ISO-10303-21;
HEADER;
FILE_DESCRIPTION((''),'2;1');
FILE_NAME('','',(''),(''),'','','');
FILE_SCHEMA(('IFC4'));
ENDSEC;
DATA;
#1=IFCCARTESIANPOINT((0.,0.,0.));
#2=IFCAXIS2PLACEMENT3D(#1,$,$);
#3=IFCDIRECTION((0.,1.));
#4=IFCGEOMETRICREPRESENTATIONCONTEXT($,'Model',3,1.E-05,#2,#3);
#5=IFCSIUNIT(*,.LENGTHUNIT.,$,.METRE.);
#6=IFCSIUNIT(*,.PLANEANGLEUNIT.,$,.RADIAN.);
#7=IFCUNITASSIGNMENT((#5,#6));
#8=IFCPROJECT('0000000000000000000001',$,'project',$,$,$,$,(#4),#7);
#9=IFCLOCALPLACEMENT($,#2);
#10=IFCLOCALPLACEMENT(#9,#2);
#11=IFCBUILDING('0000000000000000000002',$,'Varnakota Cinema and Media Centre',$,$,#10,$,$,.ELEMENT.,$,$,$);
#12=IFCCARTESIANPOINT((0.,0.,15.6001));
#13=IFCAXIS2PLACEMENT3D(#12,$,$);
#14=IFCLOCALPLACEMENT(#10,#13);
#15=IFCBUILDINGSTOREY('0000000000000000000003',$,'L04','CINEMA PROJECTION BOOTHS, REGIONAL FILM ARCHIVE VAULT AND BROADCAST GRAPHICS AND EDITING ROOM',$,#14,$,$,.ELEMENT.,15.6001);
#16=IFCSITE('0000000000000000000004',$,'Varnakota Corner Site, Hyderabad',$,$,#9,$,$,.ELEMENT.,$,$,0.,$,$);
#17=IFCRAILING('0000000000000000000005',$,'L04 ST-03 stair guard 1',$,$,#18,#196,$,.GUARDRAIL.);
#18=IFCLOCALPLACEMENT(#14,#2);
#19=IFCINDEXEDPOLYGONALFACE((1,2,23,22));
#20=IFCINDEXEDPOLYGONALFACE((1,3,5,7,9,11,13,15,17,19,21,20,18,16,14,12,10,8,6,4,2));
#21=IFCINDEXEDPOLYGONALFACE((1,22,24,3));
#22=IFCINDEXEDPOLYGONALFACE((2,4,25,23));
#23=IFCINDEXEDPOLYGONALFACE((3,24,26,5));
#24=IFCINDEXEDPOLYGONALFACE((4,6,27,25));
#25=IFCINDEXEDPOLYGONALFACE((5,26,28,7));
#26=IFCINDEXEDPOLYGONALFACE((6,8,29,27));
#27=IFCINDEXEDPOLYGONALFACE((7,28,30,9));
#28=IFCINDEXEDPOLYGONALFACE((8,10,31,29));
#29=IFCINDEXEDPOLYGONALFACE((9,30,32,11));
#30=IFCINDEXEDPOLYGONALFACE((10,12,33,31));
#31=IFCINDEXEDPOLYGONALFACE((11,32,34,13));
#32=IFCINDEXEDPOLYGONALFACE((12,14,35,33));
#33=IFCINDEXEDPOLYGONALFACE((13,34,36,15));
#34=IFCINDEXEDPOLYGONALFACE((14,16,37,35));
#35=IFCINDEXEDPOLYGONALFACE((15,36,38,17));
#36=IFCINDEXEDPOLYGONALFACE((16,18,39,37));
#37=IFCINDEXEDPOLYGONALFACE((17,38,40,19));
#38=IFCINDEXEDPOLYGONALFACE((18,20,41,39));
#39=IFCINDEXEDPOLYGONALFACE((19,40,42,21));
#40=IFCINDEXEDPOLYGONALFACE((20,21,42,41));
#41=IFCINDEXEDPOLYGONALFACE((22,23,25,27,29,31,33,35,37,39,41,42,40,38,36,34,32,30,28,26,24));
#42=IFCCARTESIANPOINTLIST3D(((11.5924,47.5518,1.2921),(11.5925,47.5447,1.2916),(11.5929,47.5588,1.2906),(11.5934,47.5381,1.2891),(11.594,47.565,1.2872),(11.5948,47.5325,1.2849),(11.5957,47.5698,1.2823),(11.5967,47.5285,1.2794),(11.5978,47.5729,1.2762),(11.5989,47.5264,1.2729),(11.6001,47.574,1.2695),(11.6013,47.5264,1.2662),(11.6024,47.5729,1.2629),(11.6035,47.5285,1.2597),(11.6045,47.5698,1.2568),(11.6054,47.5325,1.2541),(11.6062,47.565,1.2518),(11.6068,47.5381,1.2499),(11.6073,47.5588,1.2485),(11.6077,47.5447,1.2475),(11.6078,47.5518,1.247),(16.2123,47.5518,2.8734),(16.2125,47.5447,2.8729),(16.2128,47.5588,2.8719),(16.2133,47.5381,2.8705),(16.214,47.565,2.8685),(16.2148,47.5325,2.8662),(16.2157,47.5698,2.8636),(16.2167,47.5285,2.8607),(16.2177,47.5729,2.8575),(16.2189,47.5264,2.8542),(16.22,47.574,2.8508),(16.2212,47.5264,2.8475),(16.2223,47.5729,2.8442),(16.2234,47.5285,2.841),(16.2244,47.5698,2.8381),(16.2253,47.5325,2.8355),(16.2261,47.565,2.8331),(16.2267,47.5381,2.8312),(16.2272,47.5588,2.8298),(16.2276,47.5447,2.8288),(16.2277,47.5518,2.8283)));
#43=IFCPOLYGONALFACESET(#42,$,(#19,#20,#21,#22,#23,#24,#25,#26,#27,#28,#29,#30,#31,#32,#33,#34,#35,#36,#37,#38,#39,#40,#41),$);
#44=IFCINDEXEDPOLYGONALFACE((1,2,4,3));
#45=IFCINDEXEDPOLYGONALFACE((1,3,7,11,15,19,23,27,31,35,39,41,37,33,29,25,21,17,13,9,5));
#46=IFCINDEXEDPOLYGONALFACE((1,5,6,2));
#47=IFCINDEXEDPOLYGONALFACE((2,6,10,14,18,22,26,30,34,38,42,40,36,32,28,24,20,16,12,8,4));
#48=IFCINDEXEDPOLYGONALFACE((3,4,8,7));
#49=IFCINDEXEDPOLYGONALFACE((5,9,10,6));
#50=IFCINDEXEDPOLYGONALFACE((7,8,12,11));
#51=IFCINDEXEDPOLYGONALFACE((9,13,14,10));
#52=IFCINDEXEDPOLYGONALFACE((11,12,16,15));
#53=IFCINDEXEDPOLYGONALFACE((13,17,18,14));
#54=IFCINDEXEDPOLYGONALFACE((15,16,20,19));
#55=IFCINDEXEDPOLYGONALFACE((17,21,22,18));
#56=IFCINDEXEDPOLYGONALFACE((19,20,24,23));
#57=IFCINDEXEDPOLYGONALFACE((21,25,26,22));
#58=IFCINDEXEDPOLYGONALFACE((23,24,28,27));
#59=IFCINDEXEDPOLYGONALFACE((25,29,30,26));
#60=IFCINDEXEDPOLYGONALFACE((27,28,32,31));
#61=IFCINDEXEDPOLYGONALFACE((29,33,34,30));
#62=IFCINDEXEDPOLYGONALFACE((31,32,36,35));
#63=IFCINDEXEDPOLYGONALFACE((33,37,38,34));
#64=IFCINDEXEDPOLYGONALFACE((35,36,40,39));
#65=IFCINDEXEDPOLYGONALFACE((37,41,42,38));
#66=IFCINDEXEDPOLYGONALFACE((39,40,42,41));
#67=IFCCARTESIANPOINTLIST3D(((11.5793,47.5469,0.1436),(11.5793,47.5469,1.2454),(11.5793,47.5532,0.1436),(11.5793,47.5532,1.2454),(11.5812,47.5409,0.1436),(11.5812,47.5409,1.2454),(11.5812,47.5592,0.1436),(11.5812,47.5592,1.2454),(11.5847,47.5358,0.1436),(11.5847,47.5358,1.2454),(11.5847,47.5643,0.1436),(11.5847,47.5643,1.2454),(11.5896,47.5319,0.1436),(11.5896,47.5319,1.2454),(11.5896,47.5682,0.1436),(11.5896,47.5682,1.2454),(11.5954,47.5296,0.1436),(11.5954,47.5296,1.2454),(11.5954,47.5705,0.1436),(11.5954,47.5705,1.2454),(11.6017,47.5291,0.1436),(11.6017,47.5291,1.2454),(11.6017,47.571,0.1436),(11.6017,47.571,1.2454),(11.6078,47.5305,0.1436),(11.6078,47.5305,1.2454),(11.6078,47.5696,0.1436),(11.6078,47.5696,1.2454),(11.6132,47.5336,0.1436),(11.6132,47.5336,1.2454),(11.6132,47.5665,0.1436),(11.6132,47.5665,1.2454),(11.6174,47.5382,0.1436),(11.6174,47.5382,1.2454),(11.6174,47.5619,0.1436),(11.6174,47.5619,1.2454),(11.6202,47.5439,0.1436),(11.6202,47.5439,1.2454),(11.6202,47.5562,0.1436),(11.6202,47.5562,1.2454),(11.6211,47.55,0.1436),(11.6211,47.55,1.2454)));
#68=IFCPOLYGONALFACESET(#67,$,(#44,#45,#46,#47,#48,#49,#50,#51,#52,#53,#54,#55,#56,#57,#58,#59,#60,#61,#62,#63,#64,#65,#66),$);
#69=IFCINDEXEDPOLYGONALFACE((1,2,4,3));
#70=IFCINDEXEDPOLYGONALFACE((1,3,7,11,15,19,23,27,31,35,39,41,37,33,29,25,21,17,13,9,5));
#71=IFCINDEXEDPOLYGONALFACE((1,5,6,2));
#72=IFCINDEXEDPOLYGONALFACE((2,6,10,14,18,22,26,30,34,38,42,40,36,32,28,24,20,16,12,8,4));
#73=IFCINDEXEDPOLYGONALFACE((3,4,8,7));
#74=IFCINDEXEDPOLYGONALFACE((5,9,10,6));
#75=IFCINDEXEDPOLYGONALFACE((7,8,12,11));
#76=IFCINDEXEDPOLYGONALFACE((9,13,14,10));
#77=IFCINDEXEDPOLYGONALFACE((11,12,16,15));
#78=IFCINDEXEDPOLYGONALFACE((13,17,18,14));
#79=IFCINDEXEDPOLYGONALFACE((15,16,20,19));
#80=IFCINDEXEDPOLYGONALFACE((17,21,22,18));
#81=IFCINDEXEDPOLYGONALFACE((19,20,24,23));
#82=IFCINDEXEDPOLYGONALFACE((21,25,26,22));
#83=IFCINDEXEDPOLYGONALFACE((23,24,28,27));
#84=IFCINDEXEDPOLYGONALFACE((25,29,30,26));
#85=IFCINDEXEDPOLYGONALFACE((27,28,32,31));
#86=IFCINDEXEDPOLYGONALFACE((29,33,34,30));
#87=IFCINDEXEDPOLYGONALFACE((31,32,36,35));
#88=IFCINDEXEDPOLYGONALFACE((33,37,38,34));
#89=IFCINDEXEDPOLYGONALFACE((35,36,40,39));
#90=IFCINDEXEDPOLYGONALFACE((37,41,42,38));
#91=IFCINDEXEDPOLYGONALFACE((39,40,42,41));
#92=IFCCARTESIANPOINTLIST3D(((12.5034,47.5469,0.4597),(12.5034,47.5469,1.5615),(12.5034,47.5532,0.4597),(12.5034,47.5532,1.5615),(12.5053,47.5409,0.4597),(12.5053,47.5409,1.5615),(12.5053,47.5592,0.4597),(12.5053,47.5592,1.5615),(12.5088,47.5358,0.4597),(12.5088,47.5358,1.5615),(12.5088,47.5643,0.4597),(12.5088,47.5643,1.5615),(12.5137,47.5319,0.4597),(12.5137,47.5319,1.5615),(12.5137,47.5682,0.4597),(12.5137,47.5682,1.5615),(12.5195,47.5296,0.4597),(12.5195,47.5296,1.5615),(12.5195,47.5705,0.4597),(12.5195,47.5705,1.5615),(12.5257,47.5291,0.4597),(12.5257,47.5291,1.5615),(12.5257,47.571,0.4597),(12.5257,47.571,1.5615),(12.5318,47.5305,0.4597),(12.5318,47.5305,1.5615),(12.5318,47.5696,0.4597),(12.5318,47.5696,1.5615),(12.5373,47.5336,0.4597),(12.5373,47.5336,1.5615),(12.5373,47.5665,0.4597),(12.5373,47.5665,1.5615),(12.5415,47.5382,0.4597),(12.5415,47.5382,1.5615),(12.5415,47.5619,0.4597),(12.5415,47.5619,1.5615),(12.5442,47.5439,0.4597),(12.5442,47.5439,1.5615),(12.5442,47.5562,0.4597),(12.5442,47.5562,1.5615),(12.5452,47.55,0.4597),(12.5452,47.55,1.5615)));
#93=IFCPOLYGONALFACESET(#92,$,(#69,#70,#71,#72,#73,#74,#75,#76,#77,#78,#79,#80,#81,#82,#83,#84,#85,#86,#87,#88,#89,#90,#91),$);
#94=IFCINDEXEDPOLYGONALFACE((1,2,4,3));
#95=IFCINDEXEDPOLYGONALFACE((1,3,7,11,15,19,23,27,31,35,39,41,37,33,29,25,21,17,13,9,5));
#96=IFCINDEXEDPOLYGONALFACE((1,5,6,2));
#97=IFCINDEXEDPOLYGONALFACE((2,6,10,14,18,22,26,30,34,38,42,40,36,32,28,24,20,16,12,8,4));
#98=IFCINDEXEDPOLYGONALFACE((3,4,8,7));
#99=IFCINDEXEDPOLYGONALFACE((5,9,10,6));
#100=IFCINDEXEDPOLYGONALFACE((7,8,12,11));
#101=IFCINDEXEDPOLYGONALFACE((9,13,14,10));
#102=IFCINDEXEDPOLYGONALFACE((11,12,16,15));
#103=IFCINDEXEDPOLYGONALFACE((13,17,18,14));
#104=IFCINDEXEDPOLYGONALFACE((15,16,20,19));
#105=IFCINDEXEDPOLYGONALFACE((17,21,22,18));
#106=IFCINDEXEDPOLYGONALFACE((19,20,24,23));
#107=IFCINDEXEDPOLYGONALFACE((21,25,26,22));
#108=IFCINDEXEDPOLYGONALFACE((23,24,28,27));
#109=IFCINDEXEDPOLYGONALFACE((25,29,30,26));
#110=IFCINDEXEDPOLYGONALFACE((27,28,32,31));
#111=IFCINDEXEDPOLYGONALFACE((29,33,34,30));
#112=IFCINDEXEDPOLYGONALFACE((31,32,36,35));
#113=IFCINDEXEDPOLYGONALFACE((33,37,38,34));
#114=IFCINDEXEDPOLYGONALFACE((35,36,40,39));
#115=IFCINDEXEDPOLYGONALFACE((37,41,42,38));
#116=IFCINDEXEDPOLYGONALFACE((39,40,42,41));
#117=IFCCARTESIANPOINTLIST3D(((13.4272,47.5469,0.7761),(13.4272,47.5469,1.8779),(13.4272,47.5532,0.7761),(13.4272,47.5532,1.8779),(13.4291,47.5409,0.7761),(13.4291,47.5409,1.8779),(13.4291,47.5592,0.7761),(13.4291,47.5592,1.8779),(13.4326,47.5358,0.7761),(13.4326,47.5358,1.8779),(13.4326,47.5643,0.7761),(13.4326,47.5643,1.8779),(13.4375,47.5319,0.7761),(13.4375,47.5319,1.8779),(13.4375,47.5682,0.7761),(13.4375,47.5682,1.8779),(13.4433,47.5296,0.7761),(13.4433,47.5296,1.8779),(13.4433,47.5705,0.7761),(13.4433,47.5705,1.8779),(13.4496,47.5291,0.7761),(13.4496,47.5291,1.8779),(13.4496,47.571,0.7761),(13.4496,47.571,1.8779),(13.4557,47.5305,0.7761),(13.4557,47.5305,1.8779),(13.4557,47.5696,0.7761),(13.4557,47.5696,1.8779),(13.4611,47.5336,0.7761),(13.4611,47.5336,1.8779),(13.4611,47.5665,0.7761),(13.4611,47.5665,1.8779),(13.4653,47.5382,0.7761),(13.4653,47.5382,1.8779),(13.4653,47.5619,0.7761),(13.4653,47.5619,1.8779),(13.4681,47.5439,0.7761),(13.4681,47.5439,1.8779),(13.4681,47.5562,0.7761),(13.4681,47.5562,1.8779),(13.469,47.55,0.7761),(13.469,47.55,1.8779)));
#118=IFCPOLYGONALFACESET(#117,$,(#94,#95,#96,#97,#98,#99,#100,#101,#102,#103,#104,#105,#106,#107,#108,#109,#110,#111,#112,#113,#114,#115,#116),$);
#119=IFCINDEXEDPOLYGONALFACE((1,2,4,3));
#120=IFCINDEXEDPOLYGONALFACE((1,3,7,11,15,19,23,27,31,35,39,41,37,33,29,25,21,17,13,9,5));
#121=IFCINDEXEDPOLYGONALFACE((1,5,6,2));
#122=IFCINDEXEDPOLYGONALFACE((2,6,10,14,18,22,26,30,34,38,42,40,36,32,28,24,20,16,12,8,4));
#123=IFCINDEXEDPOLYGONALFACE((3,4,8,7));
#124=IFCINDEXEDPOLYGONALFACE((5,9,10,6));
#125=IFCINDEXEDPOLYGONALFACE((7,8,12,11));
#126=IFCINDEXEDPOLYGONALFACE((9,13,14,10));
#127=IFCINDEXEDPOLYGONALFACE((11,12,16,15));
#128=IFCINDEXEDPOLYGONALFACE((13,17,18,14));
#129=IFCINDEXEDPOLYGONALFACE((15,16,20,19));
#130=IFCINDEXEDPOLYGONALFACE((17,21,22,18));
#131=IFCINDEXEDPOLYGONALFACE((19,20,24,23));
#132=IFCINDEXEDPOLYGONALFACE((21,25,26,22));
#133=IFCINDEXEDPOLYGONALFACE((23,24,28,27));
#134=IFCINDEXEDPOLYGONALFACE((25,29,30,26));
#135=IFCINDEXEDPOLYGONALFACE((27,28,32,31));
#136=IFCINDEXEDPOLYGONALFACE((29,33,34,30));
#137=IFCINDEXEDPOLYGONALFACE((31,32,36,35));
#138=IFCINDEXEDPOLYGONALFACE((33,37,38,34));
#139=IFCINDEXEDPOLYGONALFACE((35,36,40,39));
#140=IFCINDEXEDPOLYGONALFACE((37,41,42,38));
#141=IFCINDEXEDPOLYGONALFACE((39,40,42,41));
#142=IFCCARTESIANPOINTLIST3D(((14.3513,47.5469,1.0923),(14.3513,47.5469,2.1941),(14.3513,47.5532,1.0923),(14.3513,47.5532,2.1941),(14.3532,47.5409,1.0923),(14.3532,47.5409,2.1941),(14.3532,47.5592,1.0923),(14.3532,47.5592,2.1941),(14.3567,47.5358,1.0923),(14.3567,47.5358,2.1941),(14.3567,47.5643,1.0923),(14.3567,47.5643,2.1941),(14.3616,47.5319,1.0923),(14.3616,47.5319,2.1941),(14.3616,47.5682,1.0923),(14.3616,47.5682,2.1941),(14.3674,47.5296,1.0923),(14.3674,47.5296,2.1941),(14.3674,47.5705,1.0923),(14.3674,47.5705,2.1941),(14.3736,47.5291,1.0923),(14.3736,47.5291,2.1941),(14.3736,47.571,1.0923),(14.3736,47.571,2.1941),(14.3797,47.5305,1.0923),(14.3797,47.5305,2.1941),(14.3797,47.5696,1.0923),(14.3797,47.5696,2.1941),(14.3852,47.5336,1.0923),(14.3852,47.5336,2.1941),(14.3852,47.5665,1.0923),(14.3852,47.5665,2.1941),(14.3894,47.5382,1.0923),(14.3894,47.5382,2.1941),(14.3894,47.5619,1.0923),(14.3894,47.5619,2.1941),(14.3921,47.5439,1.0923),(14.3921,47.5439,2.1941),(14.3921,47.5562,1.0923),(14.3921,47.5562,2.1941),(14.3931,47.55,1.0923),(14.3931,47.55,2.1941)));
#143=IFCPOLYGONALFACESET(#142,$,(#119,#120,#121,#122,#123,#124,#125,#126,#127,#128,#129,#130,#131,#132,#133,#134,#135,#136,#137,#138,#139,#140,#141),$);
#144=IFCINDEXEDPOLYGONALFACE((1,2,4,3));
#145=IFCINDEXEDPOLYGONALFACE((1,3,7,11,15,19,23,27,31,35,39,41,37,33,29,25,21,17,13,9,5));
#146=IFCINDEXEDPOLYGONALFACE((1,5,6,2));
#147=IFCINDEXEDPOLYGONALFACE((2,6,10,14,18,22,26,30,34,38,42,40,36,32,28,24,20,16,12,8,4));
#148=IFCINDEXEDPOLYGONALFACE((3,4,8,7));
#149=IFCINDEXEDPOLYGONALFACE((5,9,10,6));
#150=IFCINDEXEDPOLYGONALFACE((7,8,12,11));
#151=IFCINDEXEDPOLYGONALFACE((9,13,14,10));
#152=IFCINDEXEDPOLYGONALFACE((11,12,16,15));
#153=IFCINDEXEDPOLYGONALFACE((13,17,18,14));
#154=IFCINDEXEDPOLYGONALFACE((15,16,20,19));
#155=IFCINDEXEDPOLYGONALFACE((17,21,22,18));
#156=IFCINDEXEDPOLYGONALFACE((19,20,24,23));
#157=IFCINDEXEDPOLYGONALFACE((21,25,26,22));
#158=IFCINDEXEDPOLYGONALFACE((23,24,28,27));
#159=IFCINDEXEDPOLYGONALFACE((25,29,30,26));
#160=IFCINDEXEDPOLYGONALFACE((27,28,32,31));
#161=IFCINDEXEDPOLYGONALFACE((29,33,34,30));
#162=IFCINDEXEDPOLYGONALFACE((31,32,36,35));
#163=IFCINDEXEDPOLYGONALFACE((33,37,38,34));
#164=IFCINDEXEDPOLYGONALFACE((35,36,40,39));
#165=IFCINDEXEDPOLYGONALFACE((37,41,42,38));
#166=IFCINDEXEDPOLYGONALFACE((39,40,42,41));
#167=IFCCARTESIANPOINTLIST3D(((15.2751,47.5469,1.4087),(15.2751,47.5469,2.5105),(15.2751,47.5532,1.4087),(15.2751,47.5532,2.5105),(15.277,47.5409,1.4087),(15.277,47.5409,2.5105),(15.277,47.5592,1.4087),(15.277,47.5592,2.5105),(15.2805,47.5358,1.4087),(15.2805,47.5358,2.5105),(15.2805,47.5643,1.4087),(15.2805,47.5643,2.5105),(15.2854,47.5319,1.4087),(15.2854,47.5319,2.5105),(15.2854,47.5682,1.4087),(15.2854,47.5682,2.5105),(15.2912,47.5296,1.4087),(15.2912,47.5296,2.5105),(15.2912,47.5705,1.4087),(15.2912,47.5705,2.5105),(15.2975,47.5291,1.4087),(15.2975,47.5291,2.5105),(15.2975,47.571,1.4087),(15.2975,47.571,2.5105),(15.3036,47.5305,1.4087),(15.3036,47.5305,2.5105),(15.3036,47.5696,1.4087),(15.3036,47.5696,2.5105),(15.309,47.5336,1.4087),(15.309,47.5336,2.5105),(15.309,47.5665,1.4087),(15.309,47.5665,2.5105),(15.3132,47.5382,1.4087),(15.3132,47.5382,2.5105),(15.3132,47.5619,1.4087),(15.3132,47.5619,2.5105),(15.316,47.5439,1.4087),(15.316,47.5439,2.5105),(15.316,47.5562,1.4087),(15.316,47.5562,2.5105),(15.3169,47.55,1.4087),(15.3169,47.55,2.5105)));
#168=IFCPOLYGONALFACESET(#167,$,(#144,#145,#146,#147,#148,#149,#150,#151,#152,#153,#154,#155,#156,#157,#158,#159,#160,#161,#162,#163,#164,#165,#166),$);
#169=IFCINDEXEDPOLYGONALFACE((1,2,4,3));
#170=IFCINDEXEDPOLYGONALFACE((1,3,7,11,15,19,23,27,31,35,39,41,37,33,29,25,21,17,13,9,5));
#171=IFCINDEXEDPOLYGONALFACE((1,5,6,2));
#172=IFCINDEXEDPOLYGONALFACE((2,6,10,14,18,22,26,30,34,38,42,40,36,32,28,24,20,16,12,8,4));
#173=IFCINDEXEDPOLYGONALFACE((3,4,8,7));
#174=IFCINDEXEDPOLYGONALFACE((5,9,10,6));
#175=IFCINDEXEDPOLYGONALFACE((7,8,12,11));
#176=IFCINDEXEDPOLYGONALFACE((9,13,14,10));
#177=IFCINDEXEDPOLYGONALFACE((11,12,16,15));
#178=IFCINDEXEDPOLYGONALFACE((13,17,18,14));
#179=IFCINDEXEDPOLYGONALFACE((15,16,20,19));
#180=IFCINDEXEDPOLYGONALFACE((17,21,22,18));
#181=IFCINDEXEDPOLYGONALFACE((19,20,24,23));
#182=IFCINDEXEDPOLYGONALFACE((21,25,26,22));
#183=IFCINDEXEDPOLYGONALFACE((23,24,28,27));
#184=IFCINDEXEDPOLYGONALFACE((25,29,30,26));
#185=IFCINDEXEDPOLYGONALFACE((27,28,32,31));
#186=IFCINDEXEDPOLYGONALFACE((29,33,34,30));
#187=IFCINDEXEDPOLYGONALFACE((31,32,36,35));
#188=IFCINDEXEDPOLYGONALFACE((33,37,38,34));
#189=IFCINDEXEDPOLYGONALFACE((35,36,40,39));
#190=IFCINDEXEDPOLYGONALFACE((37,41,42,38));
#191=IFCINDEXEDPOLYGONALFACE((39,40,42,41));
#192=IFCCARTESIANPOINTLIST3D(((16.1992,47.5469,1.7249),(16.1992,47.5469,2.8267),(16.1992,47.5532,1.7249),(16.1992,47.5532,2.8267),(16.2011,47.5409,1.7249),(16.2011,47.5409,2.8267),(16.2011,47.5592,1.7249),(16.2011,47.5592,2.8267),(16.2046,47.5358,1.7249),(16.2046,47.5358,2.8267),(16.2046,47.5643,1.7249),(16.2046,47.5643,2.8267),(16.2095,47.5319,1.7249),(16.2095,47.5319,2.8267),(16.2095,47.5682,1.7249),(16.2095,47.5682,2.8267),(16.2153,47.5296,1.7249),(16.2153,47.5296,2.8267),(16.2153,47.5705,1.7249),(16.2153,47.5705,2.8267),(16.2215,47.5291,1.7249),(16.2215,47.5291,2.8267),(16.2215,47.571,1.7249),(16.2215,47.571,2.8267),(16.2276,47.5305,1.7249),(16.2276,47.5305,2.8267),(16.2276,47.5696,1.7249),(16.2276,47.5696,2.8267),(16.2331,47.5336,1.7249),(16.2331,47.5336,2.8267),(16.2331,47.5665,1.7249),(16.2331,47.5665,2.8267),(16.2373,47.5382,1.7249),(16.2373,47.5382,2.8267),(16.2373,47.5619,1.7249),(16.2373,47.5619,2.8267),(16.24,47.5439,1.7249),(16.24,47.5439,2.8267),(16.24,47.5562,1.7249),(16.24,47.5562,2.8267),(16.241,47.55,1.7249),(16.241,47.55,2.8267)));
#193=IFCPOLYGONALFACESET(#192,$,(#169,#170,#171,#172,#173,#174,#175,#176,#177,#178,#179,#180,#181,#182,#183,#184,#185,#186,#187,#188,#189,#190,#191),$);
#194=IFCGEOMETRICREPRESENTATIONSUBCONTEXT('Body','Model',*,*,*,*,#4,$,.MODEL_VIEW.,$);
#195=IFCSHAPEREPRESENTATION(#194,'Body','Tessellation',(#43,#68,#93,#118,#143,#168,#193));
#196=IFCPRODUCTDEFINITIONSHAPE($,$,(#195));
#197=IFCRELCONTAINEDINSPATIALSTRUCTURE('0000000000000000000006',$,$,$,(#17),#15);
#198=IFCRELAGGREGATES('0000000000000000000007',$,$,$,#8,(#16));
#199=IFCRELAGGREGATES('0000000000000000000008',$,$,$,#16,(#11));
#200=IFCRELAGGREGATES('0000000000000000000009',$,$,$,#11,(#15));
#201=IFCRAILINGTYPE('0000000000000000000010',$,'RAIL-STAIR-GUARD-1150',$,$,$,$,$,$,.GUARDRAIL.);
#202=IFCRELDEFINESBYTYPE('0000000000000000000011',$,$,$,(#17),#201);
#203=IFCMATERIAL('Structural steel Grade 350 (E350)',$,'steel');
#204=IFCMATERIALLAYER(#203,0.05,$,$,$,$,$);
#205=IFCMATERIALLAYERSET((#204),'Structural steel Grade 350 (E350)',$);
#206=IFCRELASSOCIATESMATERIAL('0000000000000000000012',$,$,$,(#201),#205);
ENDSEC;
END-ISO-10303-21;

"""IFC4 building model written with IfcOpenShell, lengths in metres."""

from ifc_helpers import new_model, si_unit, direction, frame, origin, origin_2d, place, context, subcontext, project, spatial, circle, extrude, material, layer, layer_set, type_object, element, save


model = new_model("IFC4")

# Units and contexts
model_context = context("Model", 3, precision=1e-05, world=origin(), true_north=direction((0.0, 1.0)))
body_context = subcontext(model_context, "Body", "Model", "MODEL_VIEW")
ifc_project = project(units=[si_unit("LENGTHUNIT", "METRE"), si_unit("PLANEANGLEUNIT", "RADIAN")], contexts=[model_context])

# Site, building, storey
site_placement = place(None, origin())
site = spatial("IfcSite", under=ifc_project, at=site_placement, Name="Varnakota Corner Site, Hyderabad", CompositionType="ELEMENT", RefElevation=0.0)
building_placement = place(site_placement, origin())
building = spatial("IfcBuilding", under=site, at=building_placement, Name="Varnakota Cinema and Media Centre", CompositionType="ELEMENT")
storey_placement = place(building_placement, frame((0.0, 0.0, 15.6001)))
storey = spatial("IfcBuildingStorey", under=building, at=storey_placement, Name="L04", Description="CINEMA PROJECTION BOOTHS, REGIONAL FILM ARCHIVE VAULT AND BROADCAST GRAPHICS AND EDITING ROOM", CompositionType="ELEMENT", Elevation=15.6001)

# Railing
ifc_material_1 = material(Name="Structural steel Grade 350 (E350)", Category="steel")
ifc_layer_1 = layer(ifc_material_1, 0.05)
ifc_layer_set_1 = layer_set([ifc_layer_1], Name="Structural steel Grade 350 (E350)")
railing_type_1 = type_object("IfcRailingType", Name="RAIL-STAIR-GUARD-1150", PredefinedType="GUARDRAIL", material=ifc_layer_set_1)
railing_1_placement = place(storey_placement, frame((11.6001, 47.55, 0.1436)))
element("IfcRailing", 1, at=railing_1_placement, inside=storey, type_object=railing_type_1, Name="L04 ST-03 stair guard 1", PredefinedType="GUARDRAIL", context=body_context, shape_type="SweptSolid", body=[
    extrude(circle(Radius=0.0239, at=origin_2d()), frame((0.0, 0.0, 1.126), z_axis=(0.946113, 0.0, 0.323837), x_axis=(0.0, 1.0, 0.0)), (0.0, 0.0, 1.0), 4.8831),
    extrude(circle(Radius=0.021, at=origin_2d()), origin(), (0.0, 0.0, 1.0), 1.1018),
    extrude(circle(Radius=0.021, at=origin_2d()), frame((0.9241, 0.0, 0.3162)), (0.0, 0.0, 1.0), 1.1018),
    extrude(circle(Radius=0.021, at=origin_2d()), frame((1.8479, 0.0, 0.6326)), (0.0, 0.0, 1.0), 1.1018),
    extrude(circle(Radius=0.021, at=origin_2d()), frame((2.772, 0.0, 0.9487)), (0.0, 0.0, 1.0), 1.1018),
    extrude(circle(Radius=0.021, at=origin_2d()), frame((3.6958, 0.0, 1.2651)), (0.0, 0.0, 1.0), 1.1018),
    extrude(circle(Radius=0.021, at=origin_2d()), frame((4.6199, 0.0, 1.5813)), (0.0, 0.0, 1.0), 1.1018),
])

save(model, "model.ifc")
